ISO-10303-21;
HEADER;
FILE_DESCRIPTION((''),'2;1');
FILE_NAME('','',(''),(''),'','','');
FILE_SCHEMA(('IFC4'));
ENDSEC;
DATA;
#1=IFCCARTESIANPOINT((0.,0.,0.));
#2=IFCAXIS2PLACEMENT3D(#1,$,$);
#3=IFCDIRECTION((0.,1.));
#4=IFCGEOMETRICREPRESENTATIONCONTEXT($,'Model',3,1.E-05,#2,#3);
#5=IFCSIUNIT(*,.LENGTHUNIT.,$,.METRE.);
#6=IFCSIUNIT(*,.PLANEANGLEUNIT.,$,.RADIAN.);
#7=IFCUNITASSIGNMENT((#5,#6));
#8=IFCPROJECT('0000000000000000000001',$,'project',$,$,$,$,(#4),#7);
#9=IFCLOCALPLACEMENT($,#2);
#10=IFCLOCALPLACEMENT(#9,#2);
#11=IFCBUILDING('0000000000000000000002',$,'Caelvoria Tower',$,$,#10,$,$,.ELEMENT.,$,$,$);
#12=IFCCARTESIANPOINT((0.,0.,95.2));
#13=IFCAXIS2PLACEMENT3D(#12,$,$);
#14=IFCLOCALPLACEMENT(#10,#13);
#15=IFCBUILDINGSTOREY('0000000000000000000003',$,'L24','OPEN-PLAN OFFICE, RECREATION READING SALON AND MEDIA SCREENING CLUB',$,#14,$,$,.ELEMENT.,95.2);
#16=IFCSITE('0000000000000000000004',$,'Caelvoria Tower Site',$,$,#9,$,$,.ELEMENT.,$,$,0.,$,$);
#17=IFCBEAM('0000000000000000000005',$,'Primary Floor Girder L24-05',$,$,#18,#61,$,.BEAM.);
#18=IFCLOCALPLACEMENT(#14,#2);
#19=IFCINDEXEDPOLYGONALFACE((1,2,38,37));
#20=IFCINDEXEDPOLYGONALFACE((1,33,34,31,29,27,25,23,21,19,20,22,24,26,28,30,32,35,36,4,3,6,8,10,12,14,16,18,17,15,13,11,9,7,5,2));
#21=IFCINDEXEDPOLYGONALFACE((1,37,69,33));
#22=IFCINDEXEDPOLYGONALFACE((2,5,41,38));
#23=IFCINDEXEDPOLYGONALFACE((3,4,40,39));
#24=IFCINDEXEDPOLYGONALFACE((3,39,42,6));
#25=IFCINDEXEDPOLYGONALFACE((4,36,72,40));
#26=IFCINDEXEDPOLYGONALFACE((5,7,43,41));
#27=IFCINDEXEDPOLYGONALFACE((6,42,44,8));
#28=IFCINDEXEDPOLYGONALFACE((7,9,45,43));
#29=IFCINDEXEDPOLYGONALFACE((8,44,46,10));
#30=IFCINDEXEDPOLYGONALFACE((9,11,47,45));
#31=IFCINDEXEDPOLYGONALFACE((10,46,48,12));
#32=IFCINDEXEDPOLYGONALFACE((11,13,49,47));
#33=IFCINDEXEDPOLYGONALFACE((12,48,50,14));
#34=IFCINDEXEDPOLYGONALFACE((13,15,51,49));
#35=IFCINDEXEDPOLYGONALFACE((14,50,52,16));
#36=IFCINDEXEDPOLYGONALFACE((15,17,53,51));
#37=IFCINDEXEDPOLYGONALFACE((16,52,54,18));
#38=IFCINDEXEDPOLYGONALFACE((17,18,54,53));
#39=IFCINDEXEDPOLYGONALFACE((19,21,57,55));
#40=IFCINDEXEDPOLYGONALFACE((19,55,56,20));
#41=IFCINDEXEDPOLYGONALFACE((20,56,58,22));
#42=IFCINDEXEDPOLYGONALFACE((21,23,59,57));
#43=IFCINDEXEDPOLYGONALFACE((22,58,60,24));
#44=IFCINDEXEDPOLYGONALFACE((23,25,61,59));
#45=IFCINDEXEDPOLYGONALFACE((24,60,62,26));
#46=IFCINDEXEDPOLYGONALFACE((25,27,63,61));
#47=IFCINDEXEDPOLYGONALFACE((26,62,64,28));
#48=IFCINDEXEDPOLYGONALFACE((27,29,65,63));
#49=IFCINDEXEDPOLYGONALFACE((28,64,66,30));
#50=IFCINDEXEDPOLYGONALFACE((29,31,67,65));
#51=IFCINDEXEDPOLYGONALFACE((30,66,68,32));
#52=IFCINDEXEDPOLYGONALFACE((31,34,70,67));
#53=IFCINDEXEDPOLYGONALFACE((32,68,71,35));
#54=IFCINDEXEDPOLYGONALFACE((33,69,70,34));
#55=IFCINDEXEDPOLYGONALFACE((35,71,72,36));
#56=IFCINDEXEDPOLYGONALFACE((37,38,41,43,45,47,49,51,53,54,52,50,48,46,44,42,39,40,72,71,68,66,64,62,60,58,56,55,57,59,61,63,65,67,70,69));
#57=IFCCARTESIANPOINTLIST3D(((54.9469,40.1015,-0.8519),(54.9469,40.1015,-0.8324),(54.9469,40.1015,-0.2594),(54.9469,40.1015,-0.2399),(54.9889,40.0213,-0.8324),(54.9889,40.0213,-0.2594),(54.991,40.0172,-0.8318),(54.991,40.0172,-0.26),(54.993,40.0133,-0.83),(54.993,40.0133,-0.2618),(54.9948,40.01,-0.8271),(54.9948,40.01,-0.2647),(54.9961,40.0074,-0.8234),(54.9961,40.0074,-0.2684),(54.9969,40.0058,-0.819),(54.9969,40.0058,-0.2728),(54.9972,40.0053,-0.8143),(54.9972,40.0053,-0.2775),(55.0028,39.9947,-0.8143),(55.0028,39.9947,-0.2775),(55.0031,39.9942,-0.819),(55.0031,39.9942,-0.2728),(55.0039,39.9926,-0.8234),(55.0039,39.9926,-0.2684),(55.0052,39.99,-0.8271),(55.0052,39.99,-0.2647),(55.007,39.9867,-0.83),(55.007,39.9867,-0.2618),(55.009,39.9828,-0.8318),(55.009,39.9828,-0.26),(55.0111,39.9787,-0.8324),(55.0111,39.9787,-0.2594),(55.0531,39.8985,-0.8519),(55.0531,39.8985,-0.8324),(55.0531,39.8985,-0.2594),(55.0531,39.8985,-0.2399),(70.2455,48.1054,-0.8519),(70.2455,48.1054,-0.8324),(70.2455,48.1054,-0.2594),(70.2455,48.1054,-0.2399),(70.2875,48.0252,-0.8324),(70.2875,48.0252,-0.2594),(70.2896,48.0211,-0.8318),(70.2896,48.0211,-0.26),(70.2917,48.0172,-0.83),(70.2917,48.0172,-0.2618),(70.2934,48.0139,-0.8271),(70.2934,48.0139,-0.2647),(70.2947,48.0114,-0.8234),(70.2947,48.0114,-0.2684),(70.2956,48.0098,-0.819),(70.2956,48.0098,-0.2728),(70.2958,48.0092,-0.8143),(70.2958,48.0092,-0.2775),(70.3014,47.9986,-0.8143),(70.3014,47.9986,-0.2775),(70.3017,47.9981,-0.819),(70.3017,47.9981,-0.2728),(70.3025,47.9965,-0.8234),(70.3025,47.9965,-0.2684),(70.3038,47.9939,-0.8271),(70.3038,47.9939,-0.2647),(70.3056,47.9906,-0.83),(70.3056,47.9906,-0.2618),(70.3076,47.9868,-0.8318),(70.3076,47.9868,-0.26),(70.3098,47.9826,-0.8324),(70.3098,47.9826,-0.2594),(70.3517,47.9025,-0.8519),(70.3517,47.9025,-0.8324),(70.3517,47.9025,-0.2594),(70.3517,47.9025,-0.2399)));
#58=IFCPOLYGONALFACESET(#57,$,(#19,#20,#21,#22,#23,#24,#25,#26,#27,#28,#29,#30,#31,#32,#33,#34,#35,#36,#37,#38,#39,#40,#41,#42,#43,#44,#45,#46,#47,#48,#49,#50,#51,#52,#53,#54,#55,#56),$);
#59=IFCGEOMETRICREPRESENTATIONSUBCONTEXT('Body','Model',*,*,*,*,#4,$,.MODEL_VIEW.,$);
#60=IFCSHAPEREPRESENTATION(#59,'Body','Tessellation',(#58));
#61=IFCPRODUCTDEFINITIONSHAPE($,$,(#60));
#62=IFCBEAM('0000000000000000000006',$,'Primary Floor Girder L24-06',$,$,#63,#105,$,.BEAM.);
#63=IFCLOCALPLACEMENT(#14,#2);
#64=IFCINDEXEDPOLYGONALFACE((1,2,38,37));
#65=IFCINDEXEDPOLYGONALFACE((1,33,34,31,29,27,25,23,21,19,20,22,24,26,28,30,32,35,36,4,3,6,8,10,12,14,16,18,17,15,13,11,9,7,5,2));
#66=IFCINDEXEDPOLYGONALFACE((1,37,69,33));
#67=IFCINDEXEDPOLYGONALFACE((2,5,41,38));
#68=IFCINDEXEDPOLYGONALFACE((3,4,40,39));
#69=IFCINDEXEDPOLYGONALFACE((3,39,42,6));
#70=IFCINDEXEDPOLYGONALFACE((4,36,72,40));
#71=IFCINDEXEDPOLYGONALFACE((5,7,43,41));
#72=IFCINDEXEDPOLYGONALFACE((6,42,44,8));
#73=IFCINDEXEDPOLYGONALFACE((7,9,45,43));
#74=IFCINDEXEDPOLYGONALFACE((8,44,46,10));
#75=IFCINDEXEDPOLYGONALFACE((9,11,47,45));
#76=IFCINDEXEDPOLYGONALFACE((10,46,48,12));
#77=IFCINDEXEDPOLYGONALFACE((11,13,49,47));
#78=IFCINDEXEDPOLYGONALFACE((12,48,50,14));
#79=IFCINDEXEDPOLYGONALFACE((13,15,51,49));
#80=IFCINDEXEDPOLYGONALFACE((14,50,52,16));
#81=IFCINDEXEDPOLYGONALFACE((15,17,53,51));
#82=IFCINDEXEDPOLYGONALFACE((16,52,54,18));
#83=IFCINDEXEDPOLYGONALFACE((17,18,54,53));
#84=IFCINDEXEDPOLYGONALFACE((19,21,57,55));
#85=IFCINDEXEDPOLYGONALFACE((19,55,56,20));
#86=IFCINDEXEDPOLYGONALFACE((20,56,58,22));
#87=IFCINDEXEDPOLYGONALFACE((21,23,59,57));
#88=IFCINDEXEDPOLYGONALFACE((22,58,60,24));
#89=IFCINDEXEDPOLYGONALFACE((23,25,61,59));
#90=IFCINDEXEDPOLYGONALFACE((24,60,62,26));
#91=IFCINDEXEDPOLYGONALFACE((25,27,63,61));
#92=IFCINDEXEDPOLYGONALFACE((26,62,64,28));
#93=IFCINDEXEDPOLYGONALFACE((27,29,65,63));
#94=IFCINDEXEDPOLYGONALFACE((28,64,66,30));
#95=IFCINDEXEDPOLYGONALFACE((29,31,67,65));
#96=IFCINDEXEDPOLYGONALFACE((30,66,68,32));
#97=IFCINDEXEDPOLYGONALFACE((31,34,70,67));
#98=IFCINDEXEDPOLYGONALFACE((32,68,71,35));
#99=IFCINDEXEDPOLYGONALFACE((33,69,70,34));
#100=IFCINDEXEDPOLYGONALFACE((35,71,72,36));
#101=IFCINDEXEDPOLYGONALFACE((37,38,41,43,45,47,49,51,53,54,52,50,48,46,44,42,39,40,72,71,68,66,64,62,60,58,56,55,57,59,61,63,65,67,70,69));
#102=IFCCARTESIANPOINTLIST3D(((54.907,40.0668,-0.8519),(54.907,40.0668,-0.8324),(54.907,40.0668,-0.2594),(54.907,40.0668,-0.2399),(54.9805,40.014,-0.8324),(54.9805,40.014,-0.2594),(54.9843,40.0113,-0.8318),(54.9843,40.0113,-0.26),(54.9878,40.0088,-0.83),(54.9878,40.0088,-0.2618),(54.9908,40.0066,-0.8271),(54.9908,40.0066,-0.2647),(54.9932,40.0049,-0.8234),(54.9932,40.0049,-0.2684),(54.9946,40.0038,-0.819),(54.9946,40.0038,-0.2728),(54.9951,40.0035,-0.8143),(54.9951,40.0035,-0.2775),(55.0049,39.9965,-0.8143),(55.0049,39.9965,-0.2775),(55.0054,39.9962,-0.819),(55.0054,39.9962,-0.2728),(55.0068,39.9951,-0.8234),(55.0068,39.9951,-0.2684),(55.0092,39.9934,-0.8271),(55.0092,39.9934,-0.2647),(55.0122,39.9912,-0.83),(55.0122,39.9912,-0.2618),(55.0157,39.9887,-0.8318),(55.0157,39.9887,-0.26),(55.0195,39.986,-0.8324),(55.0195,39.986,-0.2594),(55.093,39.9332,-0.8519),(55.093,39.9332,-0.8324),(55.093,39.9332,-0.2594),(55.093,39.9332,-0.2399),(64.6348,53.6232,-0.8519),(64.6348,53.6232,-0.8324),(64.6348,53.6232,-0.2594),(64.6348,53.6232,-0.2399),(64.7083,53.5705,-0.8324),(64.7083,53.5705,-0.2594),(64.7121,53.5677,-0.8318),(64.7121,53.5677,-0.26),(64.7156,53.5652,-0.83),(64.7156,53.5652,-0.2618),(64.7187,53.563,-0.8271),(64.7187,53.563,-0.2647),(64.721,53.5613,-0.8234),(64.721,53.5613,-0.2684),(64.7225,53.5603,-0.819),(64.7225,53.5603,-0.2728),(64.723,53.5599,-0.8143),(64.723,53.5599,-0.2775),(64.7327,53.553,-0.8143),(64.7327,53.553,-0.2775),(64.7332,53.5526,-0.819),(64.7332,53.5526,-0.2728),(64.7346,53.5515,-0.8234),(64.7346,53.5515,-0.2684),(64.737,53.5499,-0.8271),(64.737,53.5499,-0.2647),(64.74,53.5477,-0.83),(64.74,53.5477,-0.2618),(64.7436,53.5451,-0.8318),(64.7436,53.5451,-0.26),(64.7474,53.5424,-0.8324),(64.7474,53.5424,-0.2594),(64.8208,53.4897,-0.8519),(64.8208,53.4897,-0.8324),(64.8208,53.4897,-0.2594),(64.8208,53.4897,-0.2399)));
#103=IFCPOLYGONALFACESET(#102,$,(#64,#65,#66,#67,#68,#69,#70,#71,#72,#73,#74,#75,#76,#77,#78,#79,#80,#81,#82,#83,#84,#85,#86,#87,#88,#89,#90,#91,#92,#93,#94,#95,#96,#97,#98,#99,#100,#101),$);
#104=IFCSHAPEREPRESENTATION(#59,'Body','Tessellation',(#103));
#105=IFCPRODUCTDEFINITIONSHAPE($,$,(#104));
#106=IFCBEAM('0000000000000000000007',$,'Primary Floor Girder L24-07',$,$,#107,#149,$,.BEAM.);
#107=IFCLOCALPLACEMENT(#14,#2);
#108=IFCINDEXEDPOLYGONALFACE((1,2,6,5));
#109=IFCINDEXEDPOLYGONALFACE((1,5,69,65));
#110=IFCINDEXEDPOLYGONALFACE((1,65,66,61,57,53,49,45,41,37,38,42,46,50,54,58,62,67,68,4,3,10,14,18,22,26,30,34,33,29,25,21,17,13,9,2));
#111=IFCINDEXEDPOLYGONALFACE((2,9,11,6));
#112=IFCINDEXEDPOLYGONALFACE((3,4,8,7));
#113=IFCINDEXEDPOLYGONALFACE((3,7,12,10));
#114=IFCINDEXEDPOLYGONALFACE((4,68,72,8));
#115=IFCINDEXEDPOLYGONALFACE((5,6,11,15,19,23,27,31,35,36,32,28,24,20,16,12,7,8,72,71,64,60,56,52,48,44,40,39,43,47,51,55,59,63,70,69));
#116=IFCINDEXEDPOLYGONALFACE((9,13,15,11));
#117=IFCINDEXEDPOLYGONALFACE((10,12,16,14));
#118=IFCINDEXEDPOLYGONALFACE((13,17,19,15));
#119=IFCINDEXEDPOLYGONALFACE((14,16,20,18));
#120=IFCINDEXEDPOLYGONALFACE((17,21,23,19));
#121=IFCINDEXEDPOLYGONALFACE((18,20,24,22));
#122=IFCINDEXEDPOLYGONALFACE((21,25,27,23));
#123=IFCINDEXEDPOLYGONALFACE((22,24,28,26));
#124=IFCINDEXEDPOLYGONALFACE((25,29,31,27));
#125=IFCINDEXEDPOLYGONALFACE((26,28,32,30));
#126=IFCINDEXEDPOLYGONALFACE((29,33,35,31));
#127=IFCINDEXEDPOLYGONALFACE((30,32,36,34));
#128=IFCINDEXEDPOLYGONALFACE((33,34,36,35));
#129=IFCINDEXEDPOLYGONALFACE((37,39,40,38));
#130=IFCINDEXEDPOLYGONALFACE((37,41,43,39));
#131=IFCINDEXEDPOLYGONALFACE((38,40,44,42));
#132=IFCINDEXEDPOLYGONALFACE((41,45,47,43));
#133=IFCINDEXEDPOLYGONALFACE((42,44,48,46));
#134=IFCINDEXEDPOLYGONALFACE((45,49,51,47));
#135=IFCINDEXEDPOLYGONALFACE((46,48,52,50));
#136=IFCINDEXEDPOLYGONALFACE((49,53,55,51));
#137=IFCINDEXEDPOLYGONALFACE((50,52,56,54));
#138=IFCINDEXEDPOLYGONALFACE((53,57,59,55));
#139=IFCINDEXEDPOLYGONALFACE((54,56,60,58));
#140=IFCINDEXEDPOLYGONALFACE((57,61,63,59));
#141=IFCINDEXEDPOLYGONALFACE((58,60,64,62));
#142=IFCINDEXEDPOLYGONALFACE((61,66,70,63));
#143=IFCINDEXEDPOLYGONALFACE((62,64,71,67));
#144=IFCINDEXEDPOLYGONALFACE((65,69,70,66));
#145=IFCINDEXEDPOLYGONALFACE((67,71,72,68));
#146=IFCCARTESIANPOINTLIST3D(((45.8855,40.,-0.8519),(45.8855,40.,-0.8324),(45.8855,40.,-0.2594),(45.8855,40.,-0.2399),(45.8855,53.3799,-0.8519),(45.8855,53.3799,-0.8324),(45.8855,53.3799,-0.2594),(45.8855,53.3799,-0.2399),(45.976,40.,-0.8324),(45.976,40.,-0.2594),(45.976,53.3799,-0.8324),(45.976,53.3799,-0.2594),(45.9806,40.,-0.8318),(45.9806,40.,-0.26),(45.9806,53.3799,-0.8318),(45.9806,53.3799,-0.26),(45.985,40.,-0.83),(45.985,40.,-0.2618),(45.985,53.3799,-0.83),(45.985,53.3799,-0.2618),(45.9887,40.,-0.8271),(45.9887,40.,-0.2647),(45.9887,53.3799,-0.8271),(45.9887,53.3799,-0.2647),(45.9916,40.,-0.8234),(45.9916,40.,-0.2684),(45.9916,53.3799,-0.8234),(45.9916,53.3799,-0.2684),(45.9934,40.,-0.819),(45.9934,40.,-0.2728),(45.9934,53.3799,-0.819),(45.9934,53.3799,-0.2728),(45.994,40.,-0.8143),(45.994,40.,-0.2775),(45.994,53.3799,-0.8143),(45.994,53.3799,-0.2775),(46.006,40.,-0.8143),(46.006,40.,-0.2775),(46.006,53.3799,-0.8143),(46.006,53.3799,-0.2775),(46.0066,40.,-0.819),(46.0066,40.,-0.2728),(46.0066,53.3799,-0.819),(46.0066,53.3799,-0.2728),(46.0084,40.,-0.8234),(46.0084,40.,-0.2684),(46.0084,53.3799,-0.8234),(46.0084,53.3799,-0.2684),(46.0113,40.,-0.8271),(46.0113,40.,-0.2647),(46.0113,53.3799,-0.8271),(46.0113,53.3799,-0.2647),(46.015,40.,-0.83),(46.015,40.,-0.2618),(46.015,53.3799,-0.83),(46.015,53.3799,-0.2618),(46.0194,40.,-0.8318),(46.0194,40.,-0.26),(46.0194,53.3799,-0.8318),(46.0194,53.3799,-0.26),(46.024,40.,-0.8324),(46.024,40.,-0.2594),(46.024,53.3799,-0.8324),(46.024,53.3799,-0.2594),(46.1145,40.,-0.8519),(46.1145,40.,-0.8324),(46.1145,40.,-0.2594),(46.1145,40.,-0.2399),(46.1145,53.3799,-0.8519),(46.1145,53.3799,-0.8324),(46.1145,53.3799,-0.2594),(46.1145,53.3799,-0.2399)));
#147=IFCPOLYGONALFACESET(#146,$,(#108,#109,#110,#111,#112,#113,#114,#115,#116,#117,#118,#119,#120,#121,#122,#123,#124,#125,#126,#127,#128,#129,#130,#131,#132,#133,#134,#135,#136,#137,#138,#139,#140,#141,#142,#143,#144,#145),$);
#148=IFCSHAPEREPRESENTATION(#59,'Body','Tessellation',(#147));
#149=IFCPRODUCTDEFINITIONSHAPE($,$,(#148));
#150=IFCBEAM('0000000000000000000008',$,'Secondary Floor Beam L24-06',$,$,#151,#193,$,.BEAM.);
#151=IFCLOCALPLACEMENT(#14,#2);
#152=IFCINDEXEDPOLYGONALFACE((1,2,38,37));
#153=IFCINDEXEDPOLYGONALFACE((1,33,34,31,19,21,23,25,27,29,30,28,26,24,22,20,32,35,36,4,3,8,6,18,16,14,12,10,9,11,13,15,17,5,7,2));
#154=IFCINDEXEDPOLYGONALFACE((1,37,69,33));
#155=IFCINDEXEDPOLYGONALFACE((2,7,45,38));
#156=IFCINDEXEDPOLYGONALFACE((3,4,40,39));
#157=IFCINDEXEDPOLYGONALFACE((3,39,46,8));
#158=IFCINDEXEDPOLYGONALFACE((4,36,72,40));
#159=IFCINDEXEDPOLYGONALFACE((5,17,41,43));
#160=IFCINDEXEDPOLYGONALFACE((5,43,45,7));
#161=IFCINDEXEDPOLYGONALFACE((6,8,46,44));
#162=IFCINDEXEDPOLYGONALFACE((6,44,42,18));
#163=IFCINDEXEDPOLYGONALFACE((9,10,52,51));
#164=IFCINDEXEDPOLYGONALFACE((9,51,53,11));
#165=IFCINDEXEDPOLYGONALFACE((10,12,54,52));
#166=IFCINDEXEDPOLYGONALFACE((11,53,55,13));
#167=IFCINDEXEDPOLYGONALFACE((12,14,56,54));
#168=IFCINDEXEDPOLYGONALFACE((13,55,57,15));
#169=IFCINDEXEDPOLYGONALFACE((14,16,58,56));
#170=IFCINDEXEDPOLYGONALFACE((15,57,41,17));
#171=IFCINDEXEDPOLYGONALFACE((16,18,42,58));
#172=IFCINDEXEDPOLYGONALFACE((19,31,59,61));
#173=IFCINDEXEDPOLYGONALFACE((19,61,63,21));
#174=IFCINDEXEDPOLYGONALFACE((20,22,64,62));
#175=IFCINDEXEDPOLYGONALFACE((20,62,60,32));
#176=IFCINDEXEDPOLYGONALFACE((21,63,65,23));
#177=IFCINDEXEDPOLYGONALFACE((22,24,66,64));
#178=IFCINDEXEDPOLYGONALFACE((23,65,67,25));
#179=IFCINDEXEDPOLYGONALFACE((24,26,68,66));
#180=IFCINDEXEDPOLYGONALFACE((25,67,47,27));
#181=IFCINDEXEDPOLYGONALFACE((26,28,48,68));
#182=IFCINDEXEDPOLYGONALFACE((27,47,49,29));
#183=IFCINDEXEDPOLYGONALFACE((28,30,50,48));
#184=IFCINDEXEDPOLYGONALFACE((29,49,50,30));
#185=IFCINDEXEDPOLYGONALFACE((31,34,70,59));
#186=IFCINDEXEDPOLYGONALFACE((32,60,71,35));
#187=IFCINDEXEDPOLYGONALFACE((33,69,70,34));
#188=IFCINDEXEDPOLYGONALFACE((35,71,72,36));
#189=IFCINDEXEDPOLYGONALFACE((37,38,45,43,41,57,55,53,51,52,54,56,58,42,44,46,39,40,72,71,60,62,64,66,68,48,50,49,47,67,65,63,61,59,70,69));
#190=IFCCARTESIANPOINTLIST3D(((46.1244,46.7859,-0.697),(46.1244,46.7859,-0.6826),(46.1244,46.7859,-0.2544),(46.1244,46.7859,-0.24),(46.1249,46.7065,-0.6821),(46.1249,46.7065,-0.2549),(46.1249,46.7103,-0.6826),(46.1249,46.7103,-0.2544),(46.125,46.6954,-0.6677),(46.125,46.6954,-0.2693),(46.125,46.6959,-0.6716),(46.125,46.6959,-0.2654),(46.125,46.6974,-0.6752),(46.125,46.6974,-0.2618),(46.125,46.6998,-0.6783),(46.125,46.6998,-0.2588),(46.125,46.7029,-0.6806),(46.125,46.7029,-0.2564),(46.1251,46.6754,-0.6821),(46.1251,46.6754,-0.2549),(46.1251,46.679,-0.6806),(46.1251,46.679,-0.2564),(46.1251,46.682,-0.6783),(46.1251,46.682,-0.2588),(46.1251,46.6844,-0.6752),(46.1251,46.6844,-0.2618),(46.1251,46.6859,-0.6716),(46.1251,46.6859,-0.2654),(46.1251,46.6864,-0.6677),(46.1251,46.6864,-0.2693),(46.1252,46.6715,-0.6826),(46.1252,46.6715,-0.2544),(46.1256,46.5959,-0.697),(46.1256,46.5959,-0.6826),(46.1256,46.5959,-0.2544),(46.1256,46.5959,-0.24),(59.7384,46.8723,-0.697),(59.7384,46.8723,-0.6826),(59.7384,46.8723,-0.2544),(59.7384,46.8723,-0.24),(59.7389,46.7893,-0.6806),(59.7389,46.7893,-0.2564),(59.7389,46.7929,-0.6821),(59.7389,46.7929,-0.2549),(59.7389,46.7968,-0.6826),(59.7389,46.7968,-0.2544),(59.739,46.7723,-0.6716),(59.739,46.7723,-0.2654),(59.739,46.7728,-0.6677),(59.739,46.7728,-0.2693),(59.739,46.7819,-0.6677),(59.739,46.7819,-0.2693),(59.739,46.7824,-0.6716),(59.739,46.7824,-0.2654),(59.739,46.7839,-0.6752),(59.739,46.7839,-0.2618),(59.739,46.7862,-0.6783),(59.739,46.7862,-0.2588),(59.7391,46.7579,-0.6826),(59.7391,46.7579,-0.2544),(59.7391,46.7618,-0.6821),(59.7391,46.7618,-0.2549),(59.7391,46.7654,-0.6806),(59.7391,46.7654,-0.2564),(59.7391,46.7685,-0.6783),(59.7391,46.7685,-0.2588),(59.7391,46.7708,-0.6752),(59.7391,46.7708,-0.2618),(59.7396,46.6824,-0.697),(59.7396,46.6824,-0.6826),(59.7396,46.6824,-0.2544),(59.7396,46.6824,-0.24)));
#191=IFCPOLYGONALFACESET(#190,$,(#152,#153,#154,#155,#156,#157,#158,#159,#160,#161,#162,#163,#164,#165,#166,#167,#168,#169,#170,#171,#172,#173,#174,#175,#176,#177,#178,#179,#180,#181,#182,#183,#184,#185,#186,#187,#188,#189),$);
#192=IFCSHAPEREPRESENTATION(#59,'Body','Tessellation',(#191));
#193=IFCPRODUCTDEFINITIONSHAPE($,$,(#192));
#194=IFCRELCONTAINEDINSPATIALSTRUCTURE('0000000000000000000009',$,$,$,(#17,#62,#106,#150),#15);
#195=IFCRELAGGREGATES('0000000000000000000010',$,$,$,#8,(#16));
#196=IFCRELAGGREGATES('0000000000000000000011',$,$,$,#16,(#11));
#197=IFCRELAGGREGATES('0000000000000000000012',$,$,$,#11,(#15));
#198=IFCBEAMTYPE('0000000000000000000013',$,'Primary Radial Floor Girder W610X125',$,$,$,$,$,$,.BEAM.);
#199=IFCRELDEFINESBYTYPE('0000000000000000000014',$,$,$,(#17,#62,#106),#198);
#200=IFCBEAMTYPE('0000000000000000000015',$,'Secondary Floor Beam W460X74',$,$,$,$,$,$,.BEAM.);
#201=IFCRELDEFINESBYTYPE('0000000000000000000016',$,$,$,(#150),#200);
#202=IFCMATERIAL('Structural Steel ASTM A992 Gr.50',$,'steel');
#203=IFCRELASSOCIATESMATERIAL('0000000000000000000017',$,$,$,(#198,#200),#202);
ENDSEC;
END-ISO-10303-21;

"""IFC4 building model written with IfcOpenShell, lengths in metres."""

from ifc_helpers import new_model, si_unit, direction, frame, origin, origin_2d, place, context, subcontext, project, spatial, i_section, extrude, material, material_profile, profile_set, type_object, element, save


model = new_model("IFC4")

# Units and contexts
model_context = context("Model", 3, precision=1e-05, world=origin(), true_north=direction((0.0, 1.0)))
body_context = subcontext(model_context, "Body", "Model", "MODEL_VIEW")
ifc_project = project(units=[si_unit("LENGTHUNIT", "METRE"), si_unit("PLANEANGLEUNIT", "RADIAN")], contexts=[model_context])

# Site, building, storey
site_placement = place(None, origin())
site = spatial("IfcSite", under=ifc_project, at=site_placement, Name="Caelvoria Tower Site", CompositionType="ELEMENT", RefElevation=0.0)
building_placement = place(site_placement, origin())
building = spatial("IfcBuilding", under=site, at=building_placement, Name="Caelvoria Tower", CompositionType="ELEMENT")
storey_placement = place(building_placement, frame((0.0, 0.0, 95.2)))
storey = spatial("IfcBuildingStorey", under=building, at=storey_placement, Name="L24", Description="OPEN-PLAN OFFICE, RECREATION READING SALON AND MEDIA SCREENING CLUB", CompositionType="ELEMENT", Elevation=95.2)

# Beams
ifc_material_1 = material(Name="Structural Steel ASTM A992 Gr.50", Category="steel")
ifc_material_profile_1 = material_profile(ifc_material_1, i_section(OverallWidth=0.229, OverallDepth=0.6121, WebThickness=0.012, FlangeThickness=0.0195, FilletRadius=0.0181, at=origin_2d()), Name="Structural Steel ASTM A992 Gr.50")
ifc_profile_set_1 = profile_set([ifc_material_profile_1], Name="W610X125 - Structural Steel ASTM A992 Gr.50")
beam_type_1 = type_object("IfcBeamType", Name="Primary Radial Floor Girder W610X125", PredefinedType="BEAM", material=ifc_profile_set_1)
beam_1_placement = place(storey_placement, frame((55.0, 40.0, -0.5459), z_axis=(0.886061, 0.463569, 0.0), x_axis=(-0.463569, 0.886061, 0.0)))
element("IfcBeam", 1, at=beam_1_placement, inside=storey, type_object=beam_type_1, Name="Primary Floor Girder L24-05", PredefinedType="BEAM", context=body_context, shape_type="SweptSolid", body=[
    extrude(i_section(OverallWidth=0.229, OverallDepth=0.6121, WebThickness=0.012, FlangeThickness=0.0195, FilletRadius=0.0181, at=origin_2d()), origin(), (0.0, 0.0, 1.0), 17.2659),
])
beam_2_placement = place(storey_placement, frame((55.0, 40.0, -0.5459), z_axis=(0.583008, 0.812466, 0.0), x_axis=(-0.812466, 0.583008, 0.0)))
element("IfcBeam", 2, at=beam_2_placement, inside=storey, type_object=beam_type_1, Name="Primary Floor Girder L24-06", PredefinedType="BEAM", context=body_context, shape_type="SweptSolid", body=[
    extrude(i_section(OverallWidth=0.229, OverallDepth=0.6121, WebThickness=0.012, FlangeThickness=0.0195, FilletRadius=0.0181, at=origin_2d()), origin(), (0.0, 0.0, 1.0), 16.6855),
])
beam_3_placement = place(storey_placement, frame((46.0, 40.0, -0.5459), z_axis=(0.0, 1.0, 0.0), x_axis=(-1.0, 0.0, 0.0)))
element("IfcBeam", 3, at=beam_3_placement, inside=storey, type_object=beam_type_1, Name="Primary Floor Girder L24-07", PredefinedType="BEAM", context=body_context, shape_type="SweptSolid", body=[
    extrude(i_section(OverallWidth=0.229, OverallDepth=0.6121, WebThickness=0.012, FlangeThickness=0.0195, FilletRadius=0.0181, at=origin_2d()), origin(), (0.0, 0.0, 1.0), 13.3799),
])
ifc_material_profile_2 = material_profile(ifc_material_1, i_section(OverallWidth=0.1899, OverallDepth=0.457, WebThickness=0.009, FlangeThickness=0.0144, FilletRadius=0.0149, at=origin_2d()), Name="Structural Steel ASTM A992 Gr.50")
ifc_profile_set_2 = profile_set([ifc_material_profile_2], Name="W460X74 - Structural Steel ASTM A992 Gr.50")
beam_type_2 = type_object("IfcBeamType", Name="Secondary Floor Beam W460X74", PredefinedType="BEAM", material=ifc_profile_set_2)
for number, where, z_axis, x_axis, name in (
    (4, (59.739, 46.7773, -0.4685), (-0.99998, -0.006348, 0.0), (0.006348, -0.99998, 0.0), "Secondary Floor Beam L24-06"),
):
    element("IfcBeam", number, at=place(storey_placement, frame(where, z_axis=z_axis, x_axis=x_axis)), inside=storey, type_object=beam_type_2, Name=name, PredefinedType="BEAM", context=body_context, shape_type="SweptSolid", body=[
        extrude(i_section(OverallWidth=0.1899, OverallDepth=0.457, WebThickness=0.009, FlangeThickness=0.0144, FilletRadius=0.0149, at=origin_2d()), origin(), (0.0, 0.0, 1.0), 13.6143),
    ])

save(model, "model.ifc")
